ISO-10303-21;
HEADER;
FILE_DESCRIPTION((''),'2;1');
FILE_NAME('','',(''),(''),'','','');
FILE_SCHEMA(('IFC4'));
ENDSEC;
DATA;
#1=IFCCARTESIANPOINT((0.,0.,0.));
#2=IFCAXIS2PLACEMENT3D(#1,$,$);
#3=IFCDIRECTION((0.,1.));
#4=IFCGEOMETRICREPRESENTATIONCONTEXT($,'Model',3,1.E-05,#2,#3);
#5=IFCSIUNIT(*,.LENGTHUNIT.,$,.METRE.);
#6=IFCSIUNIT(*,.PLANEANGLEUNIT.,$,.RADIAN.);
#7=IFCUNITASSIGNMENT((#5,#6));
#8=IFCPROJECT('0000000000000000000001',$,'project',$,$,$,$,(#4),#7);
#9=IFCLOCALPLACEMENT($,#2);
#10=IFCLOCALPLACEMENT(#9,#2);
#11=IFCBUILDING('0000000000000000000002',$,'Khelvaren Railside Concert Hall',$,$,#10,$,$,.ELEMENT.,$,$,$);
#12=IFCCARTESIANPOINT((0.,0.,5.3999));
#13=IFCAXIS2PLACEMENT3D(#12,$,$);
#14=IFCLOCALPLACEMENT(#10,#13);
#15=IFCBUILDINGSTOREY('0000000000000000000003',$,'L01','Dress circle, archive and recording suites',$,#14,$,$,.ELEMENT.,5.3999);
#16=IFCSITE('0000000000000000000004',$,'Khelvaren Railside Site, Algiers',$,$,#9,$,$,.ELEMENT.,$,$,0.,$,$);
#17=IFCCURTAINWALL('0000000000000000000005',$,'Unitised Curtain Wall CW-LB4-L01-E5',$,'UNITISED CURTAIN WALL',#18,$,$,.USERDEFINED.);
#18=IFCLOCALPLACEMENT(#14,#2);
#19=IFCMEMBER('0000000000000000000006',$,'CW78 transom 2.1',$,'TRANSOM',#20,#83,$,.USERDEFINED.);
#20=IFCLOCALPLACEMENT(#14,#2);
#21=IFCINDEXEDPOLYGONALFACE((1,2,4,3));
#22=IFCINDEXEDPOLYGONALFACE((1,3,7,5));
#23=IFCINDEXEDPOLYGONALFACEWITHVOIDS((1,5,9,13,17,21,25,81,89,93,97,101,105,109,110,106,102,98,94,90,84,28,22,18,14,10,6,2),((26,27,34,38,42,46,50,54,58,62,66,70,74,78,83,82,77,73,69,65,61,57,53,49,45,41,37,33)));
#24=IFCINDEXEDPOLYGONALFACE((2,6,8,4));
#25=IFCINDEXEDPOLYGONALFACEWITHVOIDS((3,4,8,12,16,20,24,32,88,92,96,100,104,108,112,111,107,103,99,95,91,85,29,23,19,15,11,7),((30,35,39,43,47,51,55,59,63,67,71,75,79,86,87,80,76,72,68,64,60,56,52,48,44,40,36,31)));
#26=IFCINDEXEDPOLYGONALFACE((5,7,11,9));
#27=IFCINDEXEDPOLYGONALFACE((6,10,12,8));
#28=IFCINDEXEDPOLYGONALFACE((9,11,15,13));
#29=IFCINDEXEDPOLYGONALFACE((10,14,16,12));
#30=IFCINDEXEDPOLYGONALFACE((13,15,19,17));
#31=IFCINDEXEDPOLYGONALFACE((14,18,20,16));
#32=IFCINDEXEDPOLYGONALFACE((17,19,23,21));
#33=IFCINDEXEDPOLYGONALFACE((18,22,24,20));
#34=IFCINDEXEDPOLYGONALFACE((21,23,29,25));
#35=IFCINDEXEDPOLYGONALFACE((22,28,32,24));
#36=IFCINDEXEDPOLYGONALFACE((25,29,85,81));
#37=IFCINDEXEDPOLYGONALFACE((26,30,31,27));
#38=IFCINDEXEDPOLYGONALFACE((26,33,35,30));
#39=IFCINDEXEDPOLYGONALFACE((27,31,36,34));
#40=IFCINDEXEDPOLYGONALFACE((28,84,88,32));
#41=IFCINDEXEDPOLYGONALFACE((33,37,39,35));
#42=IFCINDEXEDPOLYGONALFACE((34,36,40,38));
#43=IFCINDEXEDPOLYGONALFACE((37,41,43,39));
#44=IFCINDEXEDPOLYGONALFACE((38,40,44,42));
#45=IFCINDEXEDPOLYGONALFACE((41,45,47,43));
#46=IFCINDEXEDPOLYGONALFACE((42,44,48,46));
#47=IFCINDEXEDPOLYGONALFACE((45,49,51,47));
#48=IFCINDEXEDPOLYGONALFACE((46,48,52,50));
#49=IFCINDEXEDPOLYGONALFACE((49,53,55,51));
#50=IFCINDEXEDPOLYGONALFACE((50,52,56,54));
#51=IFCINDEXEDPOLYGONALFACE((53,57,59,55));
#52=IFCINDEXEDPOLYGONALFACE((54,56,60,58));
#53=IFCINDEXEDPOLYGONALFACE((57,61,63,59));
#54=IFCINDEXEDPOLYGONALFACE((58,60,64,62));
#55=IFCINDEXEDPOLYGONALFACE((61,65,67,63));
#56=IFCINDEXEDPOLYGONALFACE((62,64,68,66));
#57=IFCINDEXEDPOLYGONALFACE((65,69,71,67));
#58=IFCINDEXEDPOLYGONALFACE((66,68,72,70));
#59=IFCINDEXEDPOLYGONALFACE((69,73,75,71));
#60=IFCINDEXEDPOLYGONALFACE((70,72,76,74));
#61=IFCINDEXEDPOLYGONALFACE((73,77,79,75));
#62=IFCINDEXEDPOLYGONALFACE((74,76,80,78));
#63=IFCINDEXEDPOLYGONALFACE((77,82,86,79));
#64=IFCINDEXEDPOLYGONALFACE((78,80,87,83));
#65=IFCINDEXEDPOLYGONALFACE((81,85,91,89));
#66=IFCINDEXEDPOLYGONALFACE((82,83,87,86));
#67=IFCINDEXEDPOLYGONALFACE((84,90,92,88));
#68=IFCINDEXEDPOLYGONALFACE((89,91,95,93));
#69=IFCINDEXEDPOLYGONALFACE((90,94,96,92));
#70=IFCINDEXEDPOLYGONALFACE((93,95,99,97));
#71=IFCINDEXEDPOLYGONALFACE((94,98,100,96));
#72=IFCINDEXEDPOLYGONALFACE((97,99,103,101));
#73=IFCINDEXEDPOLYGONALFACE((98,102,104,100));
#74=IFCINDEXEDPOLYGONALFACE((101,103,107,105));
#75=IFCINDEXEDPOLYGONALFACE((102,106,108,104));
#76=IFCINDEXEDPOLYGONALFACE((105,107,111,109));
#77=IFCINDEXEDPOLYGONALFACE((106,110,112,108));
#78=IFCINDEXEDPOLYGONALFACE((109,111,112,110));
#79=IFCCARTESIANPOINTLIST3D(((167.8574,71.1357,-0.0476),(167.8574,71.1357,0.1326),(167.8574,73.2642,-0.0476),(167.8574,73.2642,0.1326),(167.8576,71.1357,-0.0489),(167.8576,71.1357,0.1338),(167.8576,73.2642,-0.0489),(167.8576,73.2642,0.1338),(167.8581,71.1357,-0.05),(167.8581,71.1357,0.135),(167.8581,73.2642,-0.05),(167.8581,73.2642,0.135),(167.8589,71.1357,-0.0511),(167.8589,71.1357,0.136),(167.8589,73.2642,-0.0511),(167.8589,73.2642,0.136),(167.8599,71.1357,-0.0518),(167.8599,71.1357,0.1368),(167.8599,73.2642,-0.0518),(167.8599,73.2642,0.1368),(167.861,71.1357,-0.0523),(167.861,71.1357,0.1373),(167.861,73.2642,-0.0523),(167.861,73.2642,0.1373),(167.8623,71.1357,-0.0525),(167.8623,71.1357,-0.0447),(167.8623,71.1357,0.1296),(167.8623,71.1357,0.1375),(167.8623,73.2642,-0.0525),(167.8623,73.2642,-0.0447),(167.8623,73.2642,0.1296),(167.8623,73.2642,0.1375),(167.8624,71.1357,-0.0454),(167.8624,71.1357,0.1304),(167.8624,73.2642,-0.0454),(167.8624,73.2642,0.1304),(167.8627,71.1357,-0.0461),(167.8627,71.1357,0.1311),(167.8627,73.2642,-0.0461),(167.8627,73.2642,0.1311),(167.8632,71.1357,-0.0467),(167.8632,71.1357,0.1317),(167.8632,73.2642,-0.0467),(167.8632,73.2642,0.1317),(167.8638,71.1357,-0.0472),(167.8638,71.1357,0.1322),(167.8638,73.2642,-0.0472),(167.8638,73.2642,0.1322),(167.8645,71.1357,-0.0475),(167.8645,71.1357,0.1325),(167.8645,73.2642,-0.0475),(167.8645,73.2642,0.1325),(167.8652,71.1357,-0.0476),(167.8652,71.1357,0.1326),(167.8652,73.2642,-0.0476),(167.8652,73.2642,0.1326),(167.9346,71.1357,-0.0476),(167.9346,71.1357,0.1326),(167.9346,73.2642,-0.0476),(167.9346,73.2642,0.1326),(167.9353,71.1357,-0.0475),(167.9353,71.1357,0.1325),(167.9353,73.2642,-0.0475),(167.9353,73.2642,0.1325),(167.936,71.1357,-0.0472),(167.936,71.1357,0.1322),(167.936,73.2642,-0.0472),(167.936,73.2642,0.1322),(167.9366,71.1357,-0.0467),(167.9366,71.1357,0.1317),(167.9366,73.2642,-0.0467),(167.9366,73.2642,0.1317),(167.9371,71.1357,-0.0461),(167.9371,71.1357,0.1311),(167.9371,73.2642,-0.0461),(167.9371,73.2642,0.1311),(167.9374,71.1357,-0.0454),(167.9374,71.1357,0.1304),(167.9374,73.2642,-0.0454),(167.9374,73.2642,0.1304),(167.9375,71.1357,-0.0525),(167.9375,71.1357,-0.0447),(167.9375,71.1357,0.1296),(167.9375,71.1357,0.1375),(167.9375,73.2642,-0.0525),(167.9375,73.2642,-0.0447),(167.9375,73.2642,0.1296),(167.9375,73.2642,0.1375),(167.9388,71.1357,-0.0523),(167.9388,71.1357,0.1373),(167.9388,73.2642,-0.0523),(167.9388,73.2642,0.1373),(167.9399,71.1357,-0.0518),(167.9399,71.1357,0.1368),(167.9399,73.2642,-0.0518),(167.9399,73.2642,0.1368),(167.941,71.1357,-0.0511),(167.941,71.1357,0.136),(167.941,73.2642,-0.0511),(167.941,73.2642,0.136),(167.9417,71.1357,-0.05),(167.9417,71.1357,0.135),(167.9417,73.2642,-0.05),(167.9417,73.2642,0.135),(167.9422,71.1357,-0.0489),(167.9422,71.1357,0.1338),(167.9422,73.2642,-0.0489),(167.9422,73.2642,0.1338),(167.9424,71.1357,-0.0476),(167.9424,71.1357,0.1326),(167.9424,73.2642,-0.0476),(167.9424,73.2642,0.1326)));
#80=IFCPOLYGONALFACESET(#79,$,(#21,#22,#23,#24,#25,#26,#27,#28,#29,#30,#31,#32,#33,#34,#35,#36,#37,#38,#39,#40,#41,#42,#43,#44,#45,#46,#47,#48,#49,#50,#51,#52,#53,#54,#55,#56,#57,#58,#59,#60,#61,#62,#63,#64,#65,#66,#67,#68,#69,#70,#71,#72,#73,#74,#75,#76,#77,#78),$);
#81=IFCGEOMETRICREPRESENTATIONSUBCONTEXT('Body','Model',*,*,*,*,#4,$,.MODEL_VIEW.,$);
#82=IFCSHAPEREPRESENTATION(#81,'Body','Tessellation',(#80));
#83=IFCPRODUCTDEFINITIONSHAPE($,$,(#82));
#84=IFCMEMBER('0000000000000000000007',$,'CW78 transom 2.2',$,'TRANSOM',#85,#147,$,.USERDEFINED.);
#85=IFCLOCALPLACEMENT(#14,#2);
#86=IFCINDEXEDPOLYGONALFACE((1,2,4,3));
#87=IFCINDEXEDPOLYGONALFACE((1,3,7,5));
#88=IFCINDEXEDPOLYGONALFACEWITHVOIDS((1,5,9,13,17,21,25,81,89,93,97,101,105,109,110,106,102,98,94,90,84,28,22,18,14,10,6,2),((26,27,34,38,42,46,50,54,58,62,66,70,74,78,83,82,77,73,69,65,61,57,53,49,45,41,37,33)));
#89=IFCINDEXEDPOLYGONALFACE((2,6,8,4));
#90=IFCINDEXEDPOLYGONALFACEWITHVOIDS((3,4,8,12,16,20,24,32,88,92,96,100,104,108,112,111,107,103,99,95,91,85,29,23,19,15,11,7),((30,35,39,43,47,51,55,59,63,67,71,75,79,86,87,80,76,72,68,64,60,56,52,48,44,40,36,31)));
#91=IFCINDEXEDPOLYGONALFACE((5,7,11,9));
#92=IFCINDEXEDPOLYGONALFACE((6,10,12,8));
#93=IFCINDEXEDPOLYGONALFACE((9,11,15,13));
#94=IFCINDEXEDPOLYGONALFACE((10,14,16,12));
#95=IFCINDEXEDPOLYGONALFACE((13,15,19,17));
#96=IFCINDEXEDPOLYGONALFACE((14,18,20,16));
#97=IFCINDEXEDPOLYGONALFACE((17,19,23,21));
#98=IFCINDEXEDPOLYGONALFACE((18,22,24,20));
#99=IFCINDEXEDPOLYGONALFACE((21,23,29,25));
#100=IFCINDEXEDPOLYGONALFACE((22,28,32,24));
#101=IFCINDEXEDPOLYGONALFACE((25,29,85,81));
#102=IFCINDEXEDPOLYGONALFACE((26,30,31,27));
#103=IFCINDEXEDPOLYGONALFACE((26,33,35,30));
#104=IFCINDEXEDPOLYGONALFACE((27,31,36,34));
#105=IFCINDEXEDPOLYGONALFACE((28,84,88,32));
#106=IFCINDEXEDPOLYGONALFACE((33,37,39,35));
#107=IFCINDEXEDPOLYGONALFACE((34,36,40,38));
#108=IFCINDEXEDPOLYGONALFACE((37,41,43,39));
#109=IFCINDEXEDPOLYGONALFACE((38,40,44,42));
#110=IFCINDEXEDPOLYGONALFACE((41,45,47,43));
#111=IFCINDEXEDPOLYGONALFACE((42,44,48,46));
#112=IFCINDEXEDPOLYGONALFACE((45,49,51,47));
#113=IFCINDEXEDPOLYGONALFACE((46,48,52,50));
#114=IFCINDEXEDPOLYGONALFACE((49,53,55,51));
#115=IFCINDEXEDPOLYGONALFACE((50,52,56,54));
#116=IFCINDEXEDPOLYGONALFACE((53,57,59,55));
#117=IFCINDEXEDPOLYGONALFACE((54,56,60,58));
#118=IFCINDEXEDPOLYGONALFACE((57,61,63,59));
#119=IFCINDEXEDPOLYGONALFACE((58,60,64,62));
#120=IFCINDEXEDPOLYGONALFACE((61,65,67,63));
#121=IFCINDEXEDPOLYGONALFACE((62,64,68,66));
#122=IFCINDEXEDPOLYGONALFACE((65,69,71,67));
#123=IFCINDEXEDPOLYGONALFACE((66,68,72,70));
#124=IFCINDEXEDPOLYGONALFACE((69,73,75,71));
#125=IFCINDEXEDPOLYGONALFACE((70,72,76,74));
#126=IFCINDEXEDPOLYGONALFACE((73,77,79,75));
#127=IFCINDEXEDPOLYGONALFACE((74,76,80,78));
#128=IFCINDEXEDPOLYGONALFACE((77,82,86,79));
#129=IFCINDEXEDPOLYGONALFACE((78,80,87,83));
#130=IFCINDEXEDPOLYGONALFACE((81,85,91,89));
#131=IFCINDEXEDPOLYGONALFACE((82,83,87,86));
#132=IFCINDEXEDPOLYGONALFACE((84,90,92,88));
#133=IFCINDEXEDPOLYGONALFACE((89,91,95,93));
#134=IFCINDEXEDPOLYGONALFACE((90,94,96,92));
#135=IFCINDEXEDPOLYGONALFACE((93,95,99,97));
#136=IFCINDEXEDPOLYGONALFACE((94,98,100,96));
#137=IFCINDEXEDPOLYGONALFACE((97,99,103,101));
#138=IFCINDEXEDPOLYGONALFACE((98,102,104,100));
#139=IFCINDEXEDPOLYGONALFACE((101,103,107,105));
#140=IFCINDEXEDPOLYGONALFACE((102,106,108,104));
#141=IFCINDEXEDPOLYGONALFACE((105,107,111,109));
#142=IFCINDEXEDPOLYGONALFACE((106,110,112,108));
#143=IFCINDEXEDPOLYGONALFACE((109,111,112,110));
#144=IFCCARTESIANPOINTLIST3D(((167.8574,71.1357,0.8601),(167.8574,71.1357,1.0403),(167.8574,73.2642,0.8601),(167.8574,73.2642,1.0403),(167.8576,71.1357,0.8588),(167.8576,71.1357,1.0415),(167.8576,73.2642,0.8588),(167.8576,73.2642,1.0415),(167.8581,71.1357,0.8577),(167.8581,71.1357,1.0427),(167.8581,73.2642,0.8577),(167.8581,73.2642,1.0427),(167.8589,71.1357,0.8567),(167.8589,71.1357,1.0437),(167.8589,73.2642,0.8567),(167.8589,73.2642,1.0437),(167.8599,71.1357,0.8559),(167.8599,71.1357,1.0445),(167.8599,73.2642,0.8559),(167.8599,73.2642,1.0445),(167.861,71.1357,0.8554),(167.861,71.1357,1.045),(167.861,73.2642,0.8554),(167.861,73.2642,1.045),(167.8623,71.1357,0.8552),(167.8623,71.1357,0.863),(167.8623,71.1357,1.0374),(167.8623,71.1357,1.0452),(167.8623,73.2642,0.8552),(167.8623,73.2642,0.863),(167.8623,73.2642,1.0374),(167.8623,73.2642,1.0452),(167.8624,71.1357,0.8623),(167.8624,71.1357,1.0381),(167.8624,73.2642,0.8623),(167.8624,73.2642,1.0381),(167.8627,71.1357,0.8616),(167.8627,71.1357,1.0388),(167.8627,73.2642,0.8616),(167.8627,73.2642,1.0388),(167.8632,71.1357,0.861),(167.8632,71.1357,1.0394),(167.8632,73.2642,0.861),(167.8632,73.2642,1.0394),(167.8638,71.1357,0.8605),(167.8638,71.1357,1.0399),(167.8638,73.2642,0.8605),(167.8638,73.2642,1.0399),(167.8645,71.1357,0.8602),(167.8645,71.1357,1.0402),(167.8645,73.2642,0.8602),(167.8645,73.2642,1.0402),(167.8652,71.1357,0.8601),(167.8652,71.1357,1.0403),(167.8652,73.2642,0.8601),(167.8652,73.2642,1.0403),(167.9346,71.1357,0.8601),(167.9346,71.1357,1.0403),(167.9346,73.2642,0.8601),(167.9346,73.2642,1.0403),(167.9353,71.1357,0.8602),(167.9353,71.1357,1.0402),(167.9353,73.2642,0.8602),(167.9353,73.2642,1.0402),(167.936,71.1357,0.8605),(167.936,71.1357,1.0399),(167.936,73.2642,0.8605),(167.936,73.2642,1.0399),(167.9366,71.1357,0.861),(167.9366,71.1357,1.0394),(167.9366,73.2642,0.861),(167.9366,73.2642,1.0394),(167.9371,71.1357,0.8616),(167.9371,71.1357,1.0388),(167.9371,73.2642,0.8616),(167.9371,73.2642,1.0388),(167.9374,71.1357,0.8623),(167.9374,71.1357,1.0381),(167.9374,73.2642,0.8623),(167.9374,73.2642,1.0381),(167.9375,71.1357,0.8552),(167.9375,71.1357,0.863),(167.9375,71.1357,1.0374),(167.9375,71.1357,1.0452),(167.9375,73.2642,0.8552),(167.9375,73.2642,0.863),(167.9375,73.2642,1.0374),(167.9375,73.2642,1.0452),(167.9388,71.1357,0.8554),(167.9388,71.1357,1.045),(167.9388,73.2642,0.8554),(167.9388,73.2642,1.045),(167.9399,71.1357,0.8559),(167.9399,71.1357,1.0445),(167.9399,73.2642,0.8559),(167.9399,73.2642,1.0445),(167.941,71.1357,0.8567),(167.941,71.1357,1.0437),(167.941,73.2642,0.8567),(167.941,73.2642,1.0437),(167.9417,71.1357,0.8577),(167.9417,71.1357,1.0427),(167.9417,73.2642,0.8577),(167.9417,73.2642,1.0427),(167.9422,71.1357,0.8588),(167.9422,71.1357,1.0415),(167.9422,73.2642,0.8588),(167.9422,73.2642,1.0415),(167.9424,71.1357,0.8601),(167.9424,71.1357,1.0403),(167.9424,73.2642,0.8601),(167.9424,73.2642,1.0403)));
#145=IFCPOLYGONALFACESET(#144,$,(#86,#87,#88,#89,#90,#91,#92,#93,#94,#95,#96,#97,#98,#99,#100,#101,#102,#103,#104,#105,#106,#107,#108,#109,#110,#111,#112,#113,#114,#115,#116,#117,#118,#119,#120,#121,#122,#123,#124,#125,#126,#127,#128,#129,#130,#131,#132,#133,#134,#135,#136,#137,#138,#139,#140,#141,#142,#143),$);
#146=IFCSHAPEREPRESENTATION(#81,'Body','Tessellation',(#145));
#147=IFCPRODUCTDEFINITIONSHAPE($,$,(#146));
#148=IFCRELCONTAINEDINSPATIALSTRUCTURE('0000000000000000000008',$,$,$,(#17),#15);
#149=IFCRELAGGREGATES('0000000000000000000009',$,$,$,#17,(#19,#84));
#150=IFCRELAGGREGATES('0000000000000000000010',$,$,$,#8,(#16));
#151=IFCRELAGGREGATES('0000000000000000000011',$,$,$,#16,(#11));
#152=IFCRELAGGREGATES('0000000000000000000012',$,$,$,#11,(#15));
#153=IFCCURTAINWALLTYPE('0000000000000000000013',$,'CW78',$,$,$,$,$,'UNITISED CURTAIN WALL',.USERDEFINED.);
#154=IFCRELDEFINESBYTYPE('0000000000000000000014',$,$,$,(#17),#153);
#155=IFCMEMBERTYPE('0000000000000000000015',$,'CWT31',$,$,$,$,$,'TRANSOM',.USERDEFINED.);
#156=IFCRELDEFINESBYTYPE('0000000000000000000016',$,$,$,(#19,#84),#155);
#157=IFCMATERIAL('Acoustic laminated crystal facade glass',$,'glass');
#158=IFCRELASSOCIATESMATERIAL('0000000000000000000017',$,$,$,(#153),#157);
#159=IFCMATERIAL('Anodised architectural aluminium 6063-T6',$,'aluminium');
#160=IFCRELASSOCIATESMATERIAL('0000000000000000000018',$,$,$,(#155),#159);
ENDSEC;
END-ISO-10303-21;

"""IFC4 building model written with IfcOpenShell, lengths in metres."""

from ifc_helpers import new_model, si_unit, direction, frame, origin, origin_2d, place, context, subcontext, project, spatial, hollow_rectangle, extrude, material, material_profile, profile_set, type_object, element, aggregate, save


model = new_model("IFC4")

# Units and contexts
model_context = context("Model", 3, precision=1e-05, world=origin(), true_north=direction((0.0, 1.0)))
body_context = subcontext(model_context, "Body", "Model", "MODEL_VIEW")
ifc_project = project(units=[si_unit("LENGTHUNIT", "METRE"), si_unit("PLANEANGLEUNIT", "RADIAN")], contexts=[model_context])

# Site, building, storey
site_placement = place(None, origin())
site = spatial("IfcSite", under=ifc_project, at=site_placement, Name="Khelvaren Railside Site, Algiers", CompositionType="ELEMENT", RefElevation=0.0)
building_placement = place(site_placement, origin())
building = spatial("IfcBuilding", under=site, at=building_placement, Name="Khelvaren Railside Concert Hall", CompositionType="ELEMENT")
storey_placement = place(building_placement, frame((0.0, 0.0, 5.3999)))
storey = spatial("IfcBuildingStorey", under=building, at=storey_placement, Name="L01", Description="Dress circle, archive and recording suites", CompositionType="ELEMENT", Elevation=5.3999)

# Shared definitions
ifc_material_1 = material(Name="Acoustic laminated crystal facade glass", Category="glass")
curtain_wall_type = type_object("IfcCurtainWallType", Name="CW78", ElementType="UNITISED CURTAIN WALL", PredefinedType="USERDEFINED", material=ifc_material_1)
ifc_material_2 = material(Name="Anodised architectural aluminium 6063-T6", Category="aluminium")

# Curtain wall, members
curtain_wall_1_placement = place(storey_placement, origin())
curtain_wall_1 = element("IfcCurtainWall", 1, at=curtain_wall_1_placement, inside=storey, type_object=curtain_wall_type, Name="Unitised Curtain Wall CW-LB4-L01-E5", ObjectType="UNITISED CURTAIN WALL", PredefinedType="USERDEFINED")
ifc_material_profile_1 = material_profile(ifc_material_2, hollow_rectangle(XDim=0.085, YDim=0.1899, WallThickness=0.0049, InnerFilletRadius=0.0029, OuterFilletRadius=0.0049, at=origin_2d()), Name="CWT 85x190x5")
ifc_profile_set_1 = profile_set([ifc_material_profile_1], Name="Anodised architectural aluminium 6063-T6")
member_type_1 = type_object("IfcMemberType", Name="CWT31", ElementType="TRANSOM", PredefinedType="USERDEFINED", material=ifc_profile_set_1)
member_1_placement = place(storey_placement, frame((167.8999, 73.2642, 0.0425), z_axis=(0.0, -1.0, 0.0), x_axis=(1.0, 0.0, 0.0)))
member_1 = element("IfcMember", 2, at=member_1_placement, type_object=member_type_1, Name="CW78 transom 2.1", ObjectType="TRANSOM", PredefinedType="USERDEFINED", context=body_context, shape_type="SweptSolid", body=[
    extrude(hollow_rectangle(XDim=0.085, YDim=0.1899, WallThickness=0.0049, InnerFilletRadius=0.0029, OuterFilletRadius=0.0049, at=origin_2d()), origin(), (0.0, 0.0, 1.0), 2.1284),
])
member_2_placement = place(storey_placement, frame((167.8999, 73.2642, 0.9502), z_axis=(0.0, -1.0, 0.0), x_axis=(1.0, 0.0, 0.0)))
member_2 = element("IfcMember", 3, at=member_2_placement, type_object=member_type_1, Name="CW78 transom 2.2", ObjectType="TRANSOM", PredefinedType="USERDEFINED", context=body_context, shape_type="SweptSolid", body=[
    extrude(hollow_rectangle(XDim=0.085, YDim=0.1899, WallThickness=0.0049, InnerFilletRadius=0.0029, OuterFilletRadius=0.0049, at=origin_2d()), origin(), (0.0, 0.0, 1.0), 2.1284),
])

aggregate(curtain_wall_1, [member_1, member_2])

save(model, "model.ifc")
